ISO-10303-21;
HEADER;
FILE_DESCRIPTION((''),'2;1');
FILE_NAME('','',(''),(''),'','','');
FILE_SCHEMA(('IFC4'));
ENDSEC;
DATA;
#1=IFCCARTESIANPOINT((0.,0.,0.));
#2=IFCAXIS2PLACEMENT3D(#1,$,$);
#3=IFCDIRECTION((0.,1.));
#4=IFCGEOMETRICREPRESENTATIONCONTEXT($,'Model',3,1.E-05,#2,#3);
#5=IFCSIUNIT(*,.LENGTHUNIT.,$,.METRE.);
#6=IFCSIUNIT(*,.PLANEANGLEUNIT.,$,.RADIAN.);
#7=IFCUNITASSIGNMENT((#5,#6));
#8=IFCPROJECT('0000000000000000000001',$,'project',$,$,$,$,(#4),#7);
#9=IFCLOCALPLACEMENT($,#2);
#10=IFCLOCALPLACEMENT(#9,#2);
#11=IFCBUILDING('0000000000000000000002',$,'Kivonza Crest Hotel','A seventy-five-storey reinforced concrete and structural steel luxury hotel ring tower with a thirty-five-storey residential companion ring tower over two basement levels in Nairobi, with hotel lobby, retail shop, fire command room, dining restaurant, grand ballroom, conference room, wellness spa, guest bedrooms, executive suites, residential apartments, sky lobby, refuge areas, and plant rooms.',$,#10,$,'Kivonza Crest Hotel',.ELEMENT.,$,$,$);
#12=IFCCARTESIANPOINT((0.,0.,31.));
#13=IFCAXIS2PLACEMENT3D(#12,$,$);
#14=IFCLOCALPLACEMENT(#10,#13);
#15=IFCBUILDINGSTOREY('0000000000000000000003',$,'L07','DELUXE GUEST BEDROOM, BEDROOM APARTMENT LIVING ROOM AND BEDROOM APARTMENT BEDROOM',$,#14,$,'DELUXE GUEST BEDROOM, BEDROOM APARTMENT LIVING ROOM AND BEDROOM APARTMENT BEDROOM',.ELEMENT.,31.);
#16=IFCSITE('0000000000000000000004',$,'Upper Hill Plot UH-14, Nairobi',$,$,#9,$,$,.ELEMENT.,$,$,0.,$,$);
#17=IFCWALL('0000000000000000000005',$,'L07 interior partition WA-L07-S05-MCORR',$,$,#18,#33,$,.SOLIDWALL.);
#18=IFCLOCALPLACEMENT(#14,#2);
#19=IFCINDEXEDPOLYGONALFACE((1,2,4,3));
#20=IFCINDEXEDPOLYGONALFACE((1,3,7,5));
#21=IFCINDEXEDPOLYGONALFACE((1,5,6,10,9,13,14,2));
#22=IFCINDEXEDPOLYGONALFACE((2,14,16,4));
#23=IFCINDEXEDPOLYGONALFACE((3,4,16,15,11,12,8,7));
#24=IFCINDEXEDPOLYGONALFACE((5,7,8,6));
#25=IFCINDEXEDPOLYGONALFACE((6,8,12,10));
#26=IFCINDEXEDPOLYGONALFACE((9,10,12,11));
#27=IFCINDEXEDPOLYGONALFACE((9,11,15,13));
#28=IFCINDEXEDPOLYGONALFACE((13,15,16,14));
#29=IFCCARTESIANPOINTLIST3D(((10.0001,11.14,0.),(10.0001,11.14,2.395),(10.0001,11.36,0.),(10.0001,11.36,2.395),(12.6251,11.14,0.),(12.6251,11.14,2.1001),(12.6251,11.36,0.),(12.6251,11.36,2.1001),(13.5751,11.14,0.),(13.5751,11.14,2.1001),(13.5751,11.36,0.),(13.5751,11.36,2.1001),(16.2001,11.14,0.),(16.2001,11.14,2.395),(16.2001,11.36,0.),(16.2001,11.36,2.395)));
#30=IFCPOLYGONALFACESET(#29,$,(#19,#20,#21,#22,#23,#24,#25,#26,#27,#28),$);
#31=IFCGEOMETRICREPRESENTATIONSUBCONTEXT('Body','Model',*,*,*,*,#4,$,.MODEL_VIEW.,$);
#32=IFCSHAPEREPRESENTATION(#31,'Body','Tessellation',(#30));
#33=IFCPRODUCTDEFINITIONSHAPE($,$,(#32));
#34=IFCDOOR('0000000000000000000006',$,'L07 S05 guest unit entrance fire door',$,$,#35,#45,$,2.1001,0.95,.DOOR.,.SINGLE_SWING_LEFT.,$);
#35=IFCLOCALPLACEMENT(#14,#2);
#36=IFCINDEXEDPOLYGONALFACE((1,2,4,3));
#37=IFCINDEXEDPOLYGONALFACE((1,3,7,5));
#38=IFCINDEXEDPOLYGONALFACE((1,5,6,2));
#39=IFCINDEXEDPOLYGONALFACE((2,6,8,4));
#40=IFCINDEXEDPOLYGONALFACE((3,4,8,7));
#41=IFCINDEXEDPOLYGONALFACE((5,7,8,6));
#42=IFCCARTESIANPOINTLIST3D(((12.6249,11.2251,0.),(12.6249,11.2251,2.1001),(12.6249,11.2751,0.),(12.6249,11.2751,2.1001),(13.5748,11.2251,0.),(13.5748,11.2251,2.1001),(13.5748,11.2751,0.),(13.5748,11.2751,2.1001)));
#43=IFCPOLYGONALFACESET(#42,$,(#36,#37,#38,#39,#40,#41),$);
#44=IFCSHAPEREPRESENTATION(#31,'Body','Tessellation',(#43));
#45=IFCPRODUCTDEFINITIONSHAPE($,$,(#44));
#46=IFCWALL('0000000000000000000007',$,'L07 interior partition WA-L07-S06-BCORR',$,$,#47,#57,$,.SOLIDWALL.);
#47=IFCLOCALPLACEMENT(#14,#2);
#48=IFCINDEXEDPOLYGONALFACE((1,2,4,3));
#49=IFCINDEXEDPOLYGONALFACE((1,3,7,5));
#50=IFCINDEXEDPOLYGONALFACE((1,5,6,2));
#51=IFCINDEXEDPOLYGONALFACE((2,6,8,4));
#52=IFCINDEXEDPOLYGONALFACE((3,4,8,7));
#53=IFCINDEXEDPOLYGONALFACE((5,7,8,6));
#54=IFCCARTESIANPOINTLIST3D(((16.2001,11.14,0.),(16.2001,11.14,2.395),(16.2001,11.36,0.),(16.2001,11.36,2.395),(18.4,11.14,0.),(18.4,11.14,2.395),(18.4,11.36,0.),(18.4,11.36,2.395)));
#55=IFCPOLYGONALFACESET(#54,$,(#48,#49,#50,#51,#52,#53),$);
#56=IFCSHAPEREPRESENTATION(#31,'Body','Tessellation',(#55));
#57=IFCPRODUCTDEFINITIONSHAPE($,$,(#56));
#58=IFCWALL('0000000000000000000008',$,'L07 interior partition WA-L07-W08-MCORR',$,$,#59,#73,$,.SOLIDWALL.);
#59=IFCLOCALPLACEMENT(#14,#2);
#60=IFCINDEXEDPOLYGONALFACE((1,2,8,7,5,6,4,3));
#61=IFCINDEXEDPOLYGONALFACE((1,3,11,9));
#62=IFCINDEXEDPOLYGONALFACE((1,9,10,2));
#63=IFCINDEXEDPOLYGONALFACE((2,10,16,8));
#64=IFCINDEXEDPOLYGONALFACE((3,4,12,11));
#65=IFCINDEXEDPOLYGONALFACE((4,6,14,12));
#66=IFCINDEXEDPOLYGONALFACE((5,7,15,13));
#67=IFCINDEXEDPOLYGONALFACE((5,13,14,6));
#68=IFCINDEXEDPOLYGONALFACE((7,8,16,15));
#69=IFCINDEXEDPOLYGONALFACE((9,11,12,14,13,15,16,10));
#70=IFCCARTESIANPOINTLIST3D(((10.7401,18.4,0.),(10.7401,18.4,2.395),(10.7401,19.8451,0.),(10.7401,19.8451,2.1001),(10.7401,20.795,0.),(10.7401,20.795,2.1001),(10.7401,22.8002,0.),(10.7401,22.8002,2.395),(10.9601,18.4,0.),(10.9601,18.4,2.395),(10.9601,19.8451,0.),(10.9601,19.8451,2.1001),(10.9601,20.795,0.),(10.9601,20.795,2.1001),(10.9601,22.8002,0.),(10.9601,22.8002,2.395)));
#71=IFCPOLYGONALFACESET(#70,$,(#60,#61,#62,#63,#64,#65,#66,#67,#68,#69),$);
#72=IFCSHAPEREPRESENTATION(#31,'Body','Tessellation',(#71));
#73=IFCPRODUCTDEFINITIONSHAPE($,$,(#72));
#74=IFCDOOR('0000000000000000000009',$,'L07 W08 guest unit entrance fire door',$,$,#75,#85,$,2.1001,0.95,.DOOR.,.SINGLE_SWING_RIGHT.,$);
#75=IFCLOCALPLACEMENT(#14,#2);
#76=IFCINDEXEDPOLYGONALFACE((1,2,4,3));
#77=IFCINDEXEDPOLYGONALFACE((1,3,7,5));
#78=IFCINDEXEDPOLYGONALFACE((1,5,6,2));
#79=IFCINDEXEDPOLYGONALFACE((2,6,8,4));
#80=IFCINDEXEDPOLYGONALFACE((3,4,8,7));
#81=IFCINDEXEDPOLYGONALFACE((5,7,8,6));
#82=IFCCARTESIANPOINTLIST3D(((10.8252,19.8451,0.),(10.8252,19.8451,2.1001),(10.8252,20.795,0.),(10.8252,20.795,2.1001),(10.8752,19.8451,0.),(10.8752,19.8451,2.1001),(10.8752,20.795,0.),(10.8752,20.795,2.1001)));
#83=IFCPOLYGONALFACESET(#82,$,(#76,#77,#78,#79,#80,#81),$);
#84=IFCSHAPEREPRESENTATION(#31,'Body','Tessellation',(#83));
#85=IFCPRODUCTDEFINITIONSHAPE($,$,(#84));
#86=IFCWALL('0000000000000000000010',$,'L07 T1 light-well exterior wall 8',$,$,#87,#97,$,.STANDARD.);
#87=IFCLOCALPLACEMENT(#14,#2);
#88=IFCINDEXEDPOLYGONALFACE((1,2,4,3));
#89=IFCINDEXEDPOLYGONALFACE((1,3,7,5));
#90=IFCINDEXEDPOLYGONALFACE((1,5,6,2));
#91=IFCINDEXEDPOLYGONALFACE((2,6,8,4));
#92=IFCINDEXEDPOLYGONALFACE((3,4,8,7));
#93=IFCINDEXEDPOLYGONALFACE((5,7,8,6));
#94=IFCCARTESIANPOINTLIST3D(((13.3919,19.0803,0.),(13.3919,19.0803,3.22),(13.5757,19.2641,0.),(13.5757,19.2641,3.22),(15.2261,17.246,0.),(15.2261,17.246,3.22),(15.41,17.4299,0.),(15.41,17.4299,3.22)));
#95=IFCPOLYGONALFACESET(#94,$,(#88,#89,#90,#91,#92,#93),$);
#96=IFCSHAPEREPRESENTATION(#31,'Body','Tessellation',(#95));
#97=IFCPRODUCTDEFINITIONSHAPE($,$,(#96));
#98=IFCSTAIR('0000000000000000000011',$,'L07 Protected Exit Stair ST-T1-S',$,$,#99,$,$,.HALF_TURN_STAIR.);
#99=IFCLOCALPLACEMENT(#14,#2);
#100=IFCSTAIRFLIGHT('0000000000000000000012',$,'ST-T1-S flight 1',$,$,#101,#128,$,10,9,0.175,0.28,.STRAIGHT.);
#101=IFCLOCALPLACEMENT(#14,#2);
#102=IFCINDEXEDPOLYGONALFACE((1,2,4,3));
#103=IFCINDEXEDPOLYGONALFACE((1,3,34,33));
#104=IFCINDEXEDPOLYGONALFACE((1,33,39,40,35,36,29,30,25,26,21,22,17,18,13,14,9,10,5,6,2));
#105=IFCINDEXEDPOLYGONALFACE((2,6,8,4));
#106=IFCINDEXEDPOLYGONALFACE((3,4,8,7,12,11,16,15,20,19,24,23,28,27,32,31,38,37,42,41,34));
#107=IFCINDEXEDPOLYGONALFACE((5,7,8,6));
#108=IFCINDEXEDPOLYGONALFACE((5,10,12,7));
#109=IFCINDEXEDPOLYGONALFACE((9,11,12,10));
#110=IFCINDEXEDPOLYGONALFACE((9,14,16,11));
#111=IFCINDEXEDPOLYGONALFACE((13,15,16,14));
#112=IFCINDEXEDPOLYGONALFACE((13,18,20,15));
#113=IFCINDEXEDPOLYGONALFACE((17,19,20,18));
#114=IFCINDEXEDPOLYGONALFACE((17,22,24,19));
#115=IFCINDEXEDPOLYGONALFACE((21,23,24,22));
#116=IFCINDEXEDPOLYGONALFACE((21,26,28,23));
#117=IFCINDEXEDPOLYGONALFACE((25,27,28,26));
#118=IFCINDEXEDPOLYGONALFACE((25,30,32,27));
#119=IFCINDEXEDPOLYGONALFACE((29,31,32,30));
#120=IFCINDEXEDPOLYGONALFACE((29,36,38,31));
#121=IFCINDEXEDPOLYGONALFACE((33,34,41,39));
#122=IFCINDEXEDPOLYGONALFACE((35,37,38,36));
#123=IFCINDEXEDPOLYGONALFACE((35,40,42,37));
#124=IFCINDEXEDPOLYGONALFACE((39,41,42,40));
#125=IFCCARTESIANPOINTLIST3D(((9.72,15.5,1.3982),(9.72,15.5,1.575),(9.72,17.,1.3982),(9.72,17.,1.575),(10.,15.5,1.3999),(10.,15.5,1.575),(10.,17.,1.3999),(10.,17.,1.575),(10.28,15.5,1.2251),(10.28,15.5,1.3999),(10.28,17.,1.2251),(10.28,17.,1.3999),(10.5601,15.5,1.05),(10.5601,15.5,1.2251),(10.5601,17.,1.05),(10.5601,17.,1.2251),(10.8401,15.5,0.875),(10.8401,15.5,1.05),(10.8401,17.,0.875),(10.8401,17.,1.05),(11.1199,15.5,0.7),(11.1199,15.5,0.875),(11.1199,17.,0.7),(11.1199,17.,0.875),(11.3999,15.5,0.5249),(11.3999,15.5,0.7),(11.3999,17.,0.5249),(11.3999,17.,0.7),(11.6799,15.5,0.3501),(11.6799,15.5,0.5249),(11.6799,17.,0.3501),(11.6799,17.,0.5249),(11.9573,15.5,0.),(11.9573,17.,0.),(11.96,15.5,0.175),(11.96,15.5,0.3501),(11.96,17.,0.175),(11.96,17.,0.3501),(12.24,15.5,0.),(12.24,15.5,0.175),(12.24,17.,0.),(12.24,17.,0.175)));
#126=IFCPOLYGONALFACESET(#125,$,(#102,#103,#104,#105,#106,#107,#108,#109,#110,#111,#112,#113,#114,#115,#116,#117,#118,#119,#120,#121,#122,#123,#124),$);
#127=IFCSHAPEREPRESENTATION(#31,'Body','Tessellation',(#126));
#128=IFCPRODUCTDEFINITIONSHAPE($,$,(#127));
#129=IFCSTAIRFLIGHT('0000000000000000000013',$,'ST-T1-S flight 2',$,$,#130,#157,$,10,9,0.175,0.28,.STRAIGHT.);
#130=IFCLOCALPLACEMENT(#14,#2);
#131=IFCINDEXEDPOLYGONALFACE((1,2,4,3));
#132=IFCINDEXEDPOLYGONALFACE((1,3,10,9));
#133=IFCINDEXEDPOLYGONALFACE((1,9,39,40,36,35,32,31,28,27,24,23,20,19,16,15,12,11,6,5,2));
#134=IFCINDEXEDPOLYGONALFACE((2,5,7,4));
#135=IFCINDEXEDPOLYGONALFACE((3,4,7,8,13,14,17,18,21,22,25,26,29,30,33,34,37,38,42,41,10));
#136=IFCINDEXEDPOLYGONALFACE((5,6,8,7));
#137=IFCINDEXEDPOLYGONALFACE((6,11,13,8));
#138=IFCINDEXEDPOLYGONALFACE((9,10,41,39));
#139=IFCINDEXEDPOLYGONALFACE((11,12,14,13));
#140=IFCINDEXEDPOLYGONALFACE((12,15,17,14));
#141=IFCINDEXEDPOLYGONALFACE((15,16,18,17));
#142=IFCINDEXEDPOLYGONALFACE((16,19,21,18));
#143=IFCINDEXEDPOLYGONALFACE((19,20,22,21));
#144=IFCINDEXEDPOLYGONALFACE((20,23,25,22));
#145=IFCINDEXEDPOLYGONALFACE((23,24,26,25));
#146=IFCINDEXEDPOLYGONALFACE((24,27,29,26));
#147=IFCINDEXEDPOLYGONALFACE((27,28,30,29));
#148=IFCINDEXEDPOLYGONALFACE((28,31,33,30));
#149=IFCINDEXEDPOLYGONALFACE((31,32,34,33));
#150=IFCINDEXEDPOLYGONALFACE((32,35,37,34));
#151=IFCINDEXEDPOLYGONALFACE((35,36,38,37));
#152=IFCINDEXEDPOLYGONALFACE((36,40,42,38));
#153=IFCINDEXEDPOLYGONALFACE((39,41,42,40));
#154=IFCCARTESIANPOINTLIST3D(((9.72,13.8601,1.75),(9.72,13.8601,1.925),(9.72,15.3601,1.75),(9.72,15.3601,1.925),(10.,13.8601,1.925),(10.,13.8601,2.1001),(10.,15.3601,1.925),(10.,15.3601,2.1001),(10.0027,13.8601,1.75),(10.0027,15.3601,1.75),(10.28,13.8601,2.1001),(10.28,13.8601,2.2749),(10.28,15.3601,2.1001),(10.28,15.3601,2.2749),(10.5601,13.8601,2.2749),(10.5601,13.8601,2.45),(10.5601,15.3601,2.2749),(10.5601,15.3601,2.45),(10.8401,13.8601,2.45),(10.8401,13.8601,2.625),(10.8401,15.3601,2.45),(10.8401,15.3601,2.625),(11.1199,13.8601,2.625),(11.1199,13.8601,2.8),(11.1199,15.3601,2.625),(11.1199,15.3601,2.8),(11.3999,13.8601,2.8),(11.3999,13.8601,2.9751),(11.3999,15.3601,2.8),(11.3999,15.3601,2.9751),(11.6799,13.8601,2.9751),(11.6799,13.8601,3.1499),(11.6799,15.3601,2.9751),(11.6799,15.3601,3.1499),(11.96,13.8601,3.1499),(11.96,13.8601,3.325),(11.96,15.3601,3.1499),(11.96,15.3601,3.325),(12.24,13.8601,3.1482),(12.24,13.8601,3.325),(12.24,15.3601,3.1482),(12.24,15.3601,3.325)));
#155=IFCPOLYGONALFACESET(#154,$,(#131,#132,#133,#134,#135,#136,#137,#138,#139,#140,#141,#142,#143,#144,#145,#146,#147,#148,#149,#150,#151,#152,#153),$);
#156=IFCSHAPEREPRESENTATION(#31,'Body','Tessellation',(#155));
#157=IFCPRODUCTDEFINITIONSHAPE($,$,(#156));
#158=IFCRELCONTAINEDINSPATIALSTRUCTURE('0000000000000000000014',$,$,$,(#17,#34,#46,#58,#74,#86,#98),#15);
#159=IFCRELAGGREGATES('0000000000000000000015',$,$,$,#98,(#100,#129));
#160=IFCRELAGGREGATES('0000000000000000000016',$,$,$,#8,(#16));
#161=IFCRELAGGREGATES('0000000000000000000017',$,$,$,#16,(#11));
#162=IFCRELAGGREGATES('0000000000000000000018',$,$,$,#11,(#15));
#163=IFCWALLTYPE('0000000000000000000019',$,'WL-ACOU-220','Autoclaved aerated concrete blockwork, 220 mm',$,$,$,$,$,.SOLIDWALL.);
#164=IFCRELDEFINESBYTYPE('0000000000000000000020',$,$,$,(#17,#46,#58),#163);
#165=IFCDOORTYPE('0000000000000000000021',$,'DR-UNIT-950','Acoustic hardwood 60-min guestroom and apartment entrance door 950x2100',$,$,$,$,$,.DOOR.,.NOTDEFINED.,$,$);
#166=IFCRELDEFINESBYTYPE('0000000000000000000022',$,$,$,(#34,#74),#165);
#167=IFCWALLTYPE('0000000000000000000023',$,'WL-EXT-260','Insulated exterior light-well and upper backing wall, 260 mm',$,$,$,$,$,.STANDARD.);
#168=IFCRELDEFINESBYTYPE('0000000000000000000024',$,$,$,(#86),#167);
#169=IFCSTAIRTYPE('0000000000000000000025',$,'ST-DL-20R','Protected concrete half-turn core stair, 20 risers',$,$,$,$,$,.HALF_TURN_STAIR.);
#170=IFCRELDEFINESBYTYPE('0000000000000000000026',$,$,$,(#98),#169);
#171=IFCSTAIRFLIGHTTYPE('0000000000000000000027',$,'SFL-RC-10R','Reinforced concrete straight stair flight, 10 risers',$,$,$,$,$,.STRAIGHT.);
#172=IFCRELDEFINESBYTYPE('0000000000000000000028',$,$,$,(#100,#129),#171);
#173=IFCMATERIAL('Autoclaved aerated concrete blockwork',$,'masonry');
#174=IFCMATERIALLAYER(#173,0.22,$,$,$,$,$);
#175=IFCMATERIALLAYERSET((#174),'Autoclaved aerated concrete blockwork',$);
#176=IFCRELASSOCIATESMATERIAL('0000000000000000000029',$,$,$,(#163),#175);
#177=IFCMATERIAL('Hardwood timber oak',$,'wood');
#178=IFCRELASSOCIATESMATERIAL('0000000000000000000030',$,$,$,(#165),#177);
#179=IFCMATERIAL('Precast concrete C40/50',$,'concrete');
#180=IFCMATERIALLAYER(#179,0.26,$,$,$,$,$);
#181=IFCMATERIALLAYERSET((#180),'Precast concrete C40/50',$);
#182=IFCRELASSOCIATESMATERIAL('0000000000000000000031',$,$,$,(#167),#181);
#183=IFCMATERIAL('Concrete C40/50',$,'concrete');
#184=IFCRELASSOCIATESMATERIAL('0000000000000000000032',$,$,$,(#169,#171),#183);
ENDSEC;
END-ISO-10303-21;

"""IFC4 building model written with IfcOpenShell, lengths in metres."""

from ifc_helpers import new_model, si_unit, direction, frame, frame_2d, origin, place, context, subcontext, project, spatial, polyline, rectangle, outline, extrude, material, layer, layer_set, type_object, element, fill, aggregate, save


model = new_model("IFC4")

# Units and contexts
model_context = context("Model", 3, precision=1e-05, world=origin(), true_north=direction((0.0, 1.0)))
body_context = subcontext(model_context, "Body", "Model", "MODEL_VIEW")
ifc_project = project(units=[si_unit("LENGTHUNIT", "METRE"), si_unit("PLANEANGLEUNIT", "RADIAN")], contexts=[model_context])

# Site, building, storey
site_placement = place(None, origin())
site = spatial("IfcSite", under=ifc_project, at=site_placement, Name="Upper Hill Plot UH-14, Nairobi", CompositionType="ELEMENT", RefElevation=0.0)
building_placement = place(site_placement, origin())
building = spatial("IfcBuilding", under=site, at=building_placement, Name="Kivonza Crest Hotel", Description="A seventy-five-storey reinforced concrete and structural steel luxury hotel ring tower with a thirty-five-storey residential companion ring tower over two basement levels in Nairobi, with hotel lobby, retail shop, fire command room, dining restaurant, grand ballroom, conference room, wellness spa, guest bedrooms, executive suites, residential apartments, sky lobby, refuge areas, and plant rooms.", LongName="Kivonza Crest Hotel", CompositionType="ELEMENT")
storey_placement = place(building_placement, frame((0.0, 0.0, 31.0)))
storey = spatial("IfcBuildingStorey", under=building, at=storey_placement, Name="L07", Description="DELUXE GUEST BEDROOM, BEDROOM APARTMENT LIVING ROOM AND BEDROOM APARTMENT BEDROOM", LongName="DELUXE GUEST BEDROOM, BEDROOM APARTMENT LIVING ROOM AND BEDROOM APARTMENT BEDROOM", CompositionType="ELEMENT", Elevation=31.0)

# Wall, opening, door
ifc_material_1 = material(Name="Autoclaved aerated concrete blockwork", Category="masonry")
ifc_layer_1 = layer(ifc_material_1, 0.22)
ifc_layer_set_1 = layer_set([ifc_layer_1], Name="Autoclaved aerated concrete blockwork")
wall_type_1 = type_object("IfcWallType", Name="WL-ACOU-220", Description="Autoclaved aerated concrete blockwork, 220 mm", PredefinedType="SOLIDWALL", material=ifc_layer_set_1)
wall_1_placement = place(storey_placement, frame((10.0, 11.25, 0.0), z_axis=(0.0, 0.0, 1.0), x_axis=(1.0, 0.0, 0.0)))
wall_1 = element("IfcWall", 1, at=wall_1_placement, inside=storey, type_object=wall_type_1, Name="L07 interior partition WA-L07-S05-MCORR", PredefinedType="SOLIDWALL", context=body_context, shape_type="SweptSolid", body=[
    extrude(rectangle(XDim=6.2, YDim=0.22, at=frame_2d((3.1001, 0.0))), origin(), (0.0, 0.0, 1.0), 2.395),
])
opening_1_placement = place(wall_1_placement, frame((2.625, 0.0, 0.0)))
opening_1 = element("IfcOpeningElement", 2, at=opening_1_placement, cuts=wall_1, PredefinedType="OPENING", context=body_context, shape_type="SweptSolid", body=[
    extrude(rectangle(XDim=0.95, YDim=2.1001, at=frame_2d((0.4751, 1.05))), frame((0.0, 0.1201, 0.0), z_axis=(0.0, -1.0, 0.0), x_axis=(1.0, 0.0, 0.0)), (0.0, 0.0, 1.0), 0.24),
])
ifc_material_2 = material(Name="Hardwood timber oak", Category="wood")
door_type_1 = type_object("IfcDoorType", Name="DR-UNIT-950", Description="Acoustic hardwood 60-min guestroom and apartment entrance door 950x2100", OperationType="NOTDEFINED", PredefinedType="DOOR", material=ifc_material_2)
door_1_placement = place(opening_1_placement, frame((0.95, 0.0, 0.0), z_axis=(0.0, 0.0, 1.0), x_axis=(-1.0, 0.0, 0.0)))
door_1 = element("IfcDoor", 3, at=door_1_placement, inside=storey, type_object=door_type_1, Name="L07 S05 guest unit entrance fire door", OperationType="SINGLE_SWING_LEFT", OverallHeight=2.1001, OverallWidth=0.95, PredefinedType="DOOR", context=body_context, shape_type="SweptSolid", body=[
    extrude(rectangle(XDim=0.95, YDim=2.1001, at=frame_2d((0.4751, 1.05))), frame((0.0, 0.0249, 0.0), z_axis=(0.0, -1.0, 0.0), x_axis=(1.0, 0.0, 0.0)), (0.0, 0.0, 1.0), 0.05),
])
fill(opening_1, door_1)

# Wall
wall_2_placement = place(storey_placement, frame((16.2, 11.25, 0.0), z_axis=(0.0, 0.0, 1.0), x_axis=(1.0, 0.0, 0.0)))
element("IfcWall", 4, at=wall_2_placement, inside=storey, type_object=wall_type_1, Name="L07 interior partition WA-L07-S06-BCORR", PredefinedType="SOLIDWALL", context=body_context, shape_type="SweptSolid", body=[
    extrude(rectangle(XDim=2.2, YDim=0.22, at=frame_2d((1.1001, 0.0))), origin(), (0.0, 0.0, 1.0), 2.395),
])

# Wall, opening, door
wall_3_placement = place(storey_placement, frame((10.8501, 18.3999, 0.0), z_axis=(0.0, 0.0, 1.0), x_axis=(0.0, 1.0, 0.0)))
wall_3 = element("IfcWall", 5, at=wall_3_placement, inside=storey, type_object=wall_type_1, Name="L07 interior partition WA-L07-W08-MCORR", PredefinedType="SOLIDWALL", context=body_context, shape_type="SweptSolid", body=[
    extrude(rectangle(XDim=4.4001, YDim=0.22, at=frame_2d((2.2002, 0.0))), origin(), (0.0, 0.0, 1.0), 2.395),
])
opening_2_placement = place(wall_3_placement, frame((1.4451, 0.0, 0.0)))
opening_2 = element("IfcOpeningElement", 6, at=opening_2_placement, cuts=wall_3, PredefinedType="OPENING", context=body_context, shape_type="SweptSolid", body=[
    extrude(rectangle(XDim=0.95, YDim=2.1001, at=frame_2d((0.4751, 1.05))), frame((0.0, 0.1201, 0.0), z_axis=(0.0, -1.0, 0.0), x_axis=(1.0, 0.0, 0.0)), (0.0, 0.0, 1.0), 0.24),
])
door_2_placement = place(opening_2_placement, origin())
door_2 = element("IfcDoor", 7, at=door_2_placement, inside=storey, type_object=door_type_1, Name="L07 W08 guest unit entrance fire door", OperationType="SINGLE_SWING_RIGHT", OverallHeight=2.1001, OverallWidth=0.95, PredefinedType="DOOR", context=body_context, shape_type="SweptSolid", body=[
    extrude(rectangle(XDim=0.95, YDim=2.1001, at=frame_2d((0.4751, 1.05))), frame((0.0, 0.0249, 0.0), z_axis=(0.0, -1.0, 0.0), x_axis=(1.0, 0.0, 0.0)), (0.0, 0.0, 1.0), 0.05),
])
fill(opening_2, door_2)

# Wall
ifc_material_3 = material(Name="Precast concrete C40/50", Category="concrete")
ifc_layer_2 = layer(ifc_material_3, 0.26)
ifc_layer_set_2 = layer_set([ifc_layer_2], Name="Precast concrete C40/50")
wall_type_2 = type_object("IfcWallType", Name="WL-EXT-260", Description="Insulated exterior light-well and upper backing wall, 260 mm", PredefinedType="STANDARD", material=ifc_layer_set_2)
wall_4_placement = place(storey_placement, frame((13.4839, 19.1721, 0.0), z_axis=(0.0, 0.0, 1.0), x_axis=(0.707107, -0.707107, 0.0)))
element("IfcWall", 8, at=wall_4_placement, inside=storey, type_object=wall_type_2, Name="L07 T1 light-well exterior wall 8", PredefinedType="STANDARD", context=body_context, shape_type="SweptSolid", body=[
    extrude(rectangle(XDim=2.594, YDim=0.26, at=frame_2d((1.2969, 0.0))), origin(), (0.0, 0.0, 1.0), 3.22),
])

# Stair, stair flights
ifc_material_4 = material(Name="Concrete C40/50", Category="concrete")
stair_type = type_object("IfcStairType", Name="ST-DL-20R", Description="Protected concrete half-turn core stair, 20 risers", PredefinedType="HALF_TURN_STAIR", material=ifc_material_4)
stair_placement = place(storey_placement, origin())
stair = element("IfcStair", 9, at=stair_placement, inside=storey, type_object=stair_type, Name="L07 Protected Exit Stair ST-T1-S", PredefinedType="HALF_TURN_STAIR")
stair_flight_type = type_object("IfcStairFlightType", Name="SFL-RC-10R", Description="Reinforced concrete straight stair flight, 10 risers", PredefinedType="STRAIGHT", material=ifc_material_4)
stair_flight_1_placement = place(storey_placement, frame((12.24, 16.25, 0.0), z_axis=(0.0, 0.0, 1.0), x_axis=(-1.0, 0.0, 0.0)))
stair_flight_1 = element("IfcStairFlight", 10, at=stair_flight_1_placement, type_object=stair_flight_type, Name="ST-T1-S flight 1", NumberOfRisers=10, NumberOfTreads=9, PredefinedType="STRAIGHT", RiserHeight=0.175, TreadLength=0.28, context=body_context, shape_type="SweptSolid", body=[
    extrude(outline(polyline([(0.0, 0.0), (0.0, 0.175), (0.28, 0.175), (0.28, 0.3501), (0.5601, 0.3501), (0.5601, 0.5249), (0.8401, 0.5249), (0.8401, 0.7), (1.1201, 0.7), (1.1201, 0.875), (1.3999, 0.875), (1.3999, 1.05), (1.6799, 1.05), (1.6799, 1.2251), (1.96, 1.2251), (1.96, 1.3999), (2.24, 1.3999), (2.24, 1.575), (2.52, 1.575), (2.52, 1.75), (2.52, 1.3982), (0.2827, 0.0), (0.0, 0.0)])), frame((0.0, 0.75, 0.0), z_axis=(0.0, -1.0, 0.0), x_axis=(1.0, 0.0, 0.0)), (0.0, 0.0, 1.0), 1.5),
])
stair_flight_2_placement = place(storey_placement, frame((9.72, 14.6101, 1.75), z_axis=(0.0, 0.0, 1.0), x_axis=(1.0, 0.0, 0.0)))
stair_flight_2 = element("IfcStairFlight", 11, at=stair_flight_2_placement, type_object=stair_flight_type, Name="ST-T1-S flight 2", NumberOfRisers=10, NumberOfTreads=9, PredefinedType="STRAIGHT", RiserHeight=0.175, TreadLength=0.28, context=body_context, shape_type="SweptSolid", body=[
    extrude(outline(polyline([(0.0, 0.0), (0.0, 0.175), (0.28, 0.175), (0.28, 0.3501), (0.5601, 0.3501), (0.5601, 0.5249), (0.8401, 0.5249), (0.8401, 0.7), (1.1201, 0.7), (1.1201, 0.875), (1.3999, 0.875), (1.3999, 1.05), (1.6799, 1.05), (1.6799, 1.2251), (1.96, 1.2251), (1.96, 1.3999), (2.24, 1.3999), (2.24, 1.575), (2.52, 1.575), (2.52, 1.75), (2.52, 1.3982), (0.2827, 0.0), (0.0, 0.0)])), frame((0.0, 0.75, 0.0), z_axis=(0.0, -1.0, 0.0), x_axis=(1.0, 0.0, 0.0)), (0.0, 0.0, 1.0), 1.5),
])
aggregate(stair, [stair_flight_1, stair_flight_2])

save(model, "model.ifc")
